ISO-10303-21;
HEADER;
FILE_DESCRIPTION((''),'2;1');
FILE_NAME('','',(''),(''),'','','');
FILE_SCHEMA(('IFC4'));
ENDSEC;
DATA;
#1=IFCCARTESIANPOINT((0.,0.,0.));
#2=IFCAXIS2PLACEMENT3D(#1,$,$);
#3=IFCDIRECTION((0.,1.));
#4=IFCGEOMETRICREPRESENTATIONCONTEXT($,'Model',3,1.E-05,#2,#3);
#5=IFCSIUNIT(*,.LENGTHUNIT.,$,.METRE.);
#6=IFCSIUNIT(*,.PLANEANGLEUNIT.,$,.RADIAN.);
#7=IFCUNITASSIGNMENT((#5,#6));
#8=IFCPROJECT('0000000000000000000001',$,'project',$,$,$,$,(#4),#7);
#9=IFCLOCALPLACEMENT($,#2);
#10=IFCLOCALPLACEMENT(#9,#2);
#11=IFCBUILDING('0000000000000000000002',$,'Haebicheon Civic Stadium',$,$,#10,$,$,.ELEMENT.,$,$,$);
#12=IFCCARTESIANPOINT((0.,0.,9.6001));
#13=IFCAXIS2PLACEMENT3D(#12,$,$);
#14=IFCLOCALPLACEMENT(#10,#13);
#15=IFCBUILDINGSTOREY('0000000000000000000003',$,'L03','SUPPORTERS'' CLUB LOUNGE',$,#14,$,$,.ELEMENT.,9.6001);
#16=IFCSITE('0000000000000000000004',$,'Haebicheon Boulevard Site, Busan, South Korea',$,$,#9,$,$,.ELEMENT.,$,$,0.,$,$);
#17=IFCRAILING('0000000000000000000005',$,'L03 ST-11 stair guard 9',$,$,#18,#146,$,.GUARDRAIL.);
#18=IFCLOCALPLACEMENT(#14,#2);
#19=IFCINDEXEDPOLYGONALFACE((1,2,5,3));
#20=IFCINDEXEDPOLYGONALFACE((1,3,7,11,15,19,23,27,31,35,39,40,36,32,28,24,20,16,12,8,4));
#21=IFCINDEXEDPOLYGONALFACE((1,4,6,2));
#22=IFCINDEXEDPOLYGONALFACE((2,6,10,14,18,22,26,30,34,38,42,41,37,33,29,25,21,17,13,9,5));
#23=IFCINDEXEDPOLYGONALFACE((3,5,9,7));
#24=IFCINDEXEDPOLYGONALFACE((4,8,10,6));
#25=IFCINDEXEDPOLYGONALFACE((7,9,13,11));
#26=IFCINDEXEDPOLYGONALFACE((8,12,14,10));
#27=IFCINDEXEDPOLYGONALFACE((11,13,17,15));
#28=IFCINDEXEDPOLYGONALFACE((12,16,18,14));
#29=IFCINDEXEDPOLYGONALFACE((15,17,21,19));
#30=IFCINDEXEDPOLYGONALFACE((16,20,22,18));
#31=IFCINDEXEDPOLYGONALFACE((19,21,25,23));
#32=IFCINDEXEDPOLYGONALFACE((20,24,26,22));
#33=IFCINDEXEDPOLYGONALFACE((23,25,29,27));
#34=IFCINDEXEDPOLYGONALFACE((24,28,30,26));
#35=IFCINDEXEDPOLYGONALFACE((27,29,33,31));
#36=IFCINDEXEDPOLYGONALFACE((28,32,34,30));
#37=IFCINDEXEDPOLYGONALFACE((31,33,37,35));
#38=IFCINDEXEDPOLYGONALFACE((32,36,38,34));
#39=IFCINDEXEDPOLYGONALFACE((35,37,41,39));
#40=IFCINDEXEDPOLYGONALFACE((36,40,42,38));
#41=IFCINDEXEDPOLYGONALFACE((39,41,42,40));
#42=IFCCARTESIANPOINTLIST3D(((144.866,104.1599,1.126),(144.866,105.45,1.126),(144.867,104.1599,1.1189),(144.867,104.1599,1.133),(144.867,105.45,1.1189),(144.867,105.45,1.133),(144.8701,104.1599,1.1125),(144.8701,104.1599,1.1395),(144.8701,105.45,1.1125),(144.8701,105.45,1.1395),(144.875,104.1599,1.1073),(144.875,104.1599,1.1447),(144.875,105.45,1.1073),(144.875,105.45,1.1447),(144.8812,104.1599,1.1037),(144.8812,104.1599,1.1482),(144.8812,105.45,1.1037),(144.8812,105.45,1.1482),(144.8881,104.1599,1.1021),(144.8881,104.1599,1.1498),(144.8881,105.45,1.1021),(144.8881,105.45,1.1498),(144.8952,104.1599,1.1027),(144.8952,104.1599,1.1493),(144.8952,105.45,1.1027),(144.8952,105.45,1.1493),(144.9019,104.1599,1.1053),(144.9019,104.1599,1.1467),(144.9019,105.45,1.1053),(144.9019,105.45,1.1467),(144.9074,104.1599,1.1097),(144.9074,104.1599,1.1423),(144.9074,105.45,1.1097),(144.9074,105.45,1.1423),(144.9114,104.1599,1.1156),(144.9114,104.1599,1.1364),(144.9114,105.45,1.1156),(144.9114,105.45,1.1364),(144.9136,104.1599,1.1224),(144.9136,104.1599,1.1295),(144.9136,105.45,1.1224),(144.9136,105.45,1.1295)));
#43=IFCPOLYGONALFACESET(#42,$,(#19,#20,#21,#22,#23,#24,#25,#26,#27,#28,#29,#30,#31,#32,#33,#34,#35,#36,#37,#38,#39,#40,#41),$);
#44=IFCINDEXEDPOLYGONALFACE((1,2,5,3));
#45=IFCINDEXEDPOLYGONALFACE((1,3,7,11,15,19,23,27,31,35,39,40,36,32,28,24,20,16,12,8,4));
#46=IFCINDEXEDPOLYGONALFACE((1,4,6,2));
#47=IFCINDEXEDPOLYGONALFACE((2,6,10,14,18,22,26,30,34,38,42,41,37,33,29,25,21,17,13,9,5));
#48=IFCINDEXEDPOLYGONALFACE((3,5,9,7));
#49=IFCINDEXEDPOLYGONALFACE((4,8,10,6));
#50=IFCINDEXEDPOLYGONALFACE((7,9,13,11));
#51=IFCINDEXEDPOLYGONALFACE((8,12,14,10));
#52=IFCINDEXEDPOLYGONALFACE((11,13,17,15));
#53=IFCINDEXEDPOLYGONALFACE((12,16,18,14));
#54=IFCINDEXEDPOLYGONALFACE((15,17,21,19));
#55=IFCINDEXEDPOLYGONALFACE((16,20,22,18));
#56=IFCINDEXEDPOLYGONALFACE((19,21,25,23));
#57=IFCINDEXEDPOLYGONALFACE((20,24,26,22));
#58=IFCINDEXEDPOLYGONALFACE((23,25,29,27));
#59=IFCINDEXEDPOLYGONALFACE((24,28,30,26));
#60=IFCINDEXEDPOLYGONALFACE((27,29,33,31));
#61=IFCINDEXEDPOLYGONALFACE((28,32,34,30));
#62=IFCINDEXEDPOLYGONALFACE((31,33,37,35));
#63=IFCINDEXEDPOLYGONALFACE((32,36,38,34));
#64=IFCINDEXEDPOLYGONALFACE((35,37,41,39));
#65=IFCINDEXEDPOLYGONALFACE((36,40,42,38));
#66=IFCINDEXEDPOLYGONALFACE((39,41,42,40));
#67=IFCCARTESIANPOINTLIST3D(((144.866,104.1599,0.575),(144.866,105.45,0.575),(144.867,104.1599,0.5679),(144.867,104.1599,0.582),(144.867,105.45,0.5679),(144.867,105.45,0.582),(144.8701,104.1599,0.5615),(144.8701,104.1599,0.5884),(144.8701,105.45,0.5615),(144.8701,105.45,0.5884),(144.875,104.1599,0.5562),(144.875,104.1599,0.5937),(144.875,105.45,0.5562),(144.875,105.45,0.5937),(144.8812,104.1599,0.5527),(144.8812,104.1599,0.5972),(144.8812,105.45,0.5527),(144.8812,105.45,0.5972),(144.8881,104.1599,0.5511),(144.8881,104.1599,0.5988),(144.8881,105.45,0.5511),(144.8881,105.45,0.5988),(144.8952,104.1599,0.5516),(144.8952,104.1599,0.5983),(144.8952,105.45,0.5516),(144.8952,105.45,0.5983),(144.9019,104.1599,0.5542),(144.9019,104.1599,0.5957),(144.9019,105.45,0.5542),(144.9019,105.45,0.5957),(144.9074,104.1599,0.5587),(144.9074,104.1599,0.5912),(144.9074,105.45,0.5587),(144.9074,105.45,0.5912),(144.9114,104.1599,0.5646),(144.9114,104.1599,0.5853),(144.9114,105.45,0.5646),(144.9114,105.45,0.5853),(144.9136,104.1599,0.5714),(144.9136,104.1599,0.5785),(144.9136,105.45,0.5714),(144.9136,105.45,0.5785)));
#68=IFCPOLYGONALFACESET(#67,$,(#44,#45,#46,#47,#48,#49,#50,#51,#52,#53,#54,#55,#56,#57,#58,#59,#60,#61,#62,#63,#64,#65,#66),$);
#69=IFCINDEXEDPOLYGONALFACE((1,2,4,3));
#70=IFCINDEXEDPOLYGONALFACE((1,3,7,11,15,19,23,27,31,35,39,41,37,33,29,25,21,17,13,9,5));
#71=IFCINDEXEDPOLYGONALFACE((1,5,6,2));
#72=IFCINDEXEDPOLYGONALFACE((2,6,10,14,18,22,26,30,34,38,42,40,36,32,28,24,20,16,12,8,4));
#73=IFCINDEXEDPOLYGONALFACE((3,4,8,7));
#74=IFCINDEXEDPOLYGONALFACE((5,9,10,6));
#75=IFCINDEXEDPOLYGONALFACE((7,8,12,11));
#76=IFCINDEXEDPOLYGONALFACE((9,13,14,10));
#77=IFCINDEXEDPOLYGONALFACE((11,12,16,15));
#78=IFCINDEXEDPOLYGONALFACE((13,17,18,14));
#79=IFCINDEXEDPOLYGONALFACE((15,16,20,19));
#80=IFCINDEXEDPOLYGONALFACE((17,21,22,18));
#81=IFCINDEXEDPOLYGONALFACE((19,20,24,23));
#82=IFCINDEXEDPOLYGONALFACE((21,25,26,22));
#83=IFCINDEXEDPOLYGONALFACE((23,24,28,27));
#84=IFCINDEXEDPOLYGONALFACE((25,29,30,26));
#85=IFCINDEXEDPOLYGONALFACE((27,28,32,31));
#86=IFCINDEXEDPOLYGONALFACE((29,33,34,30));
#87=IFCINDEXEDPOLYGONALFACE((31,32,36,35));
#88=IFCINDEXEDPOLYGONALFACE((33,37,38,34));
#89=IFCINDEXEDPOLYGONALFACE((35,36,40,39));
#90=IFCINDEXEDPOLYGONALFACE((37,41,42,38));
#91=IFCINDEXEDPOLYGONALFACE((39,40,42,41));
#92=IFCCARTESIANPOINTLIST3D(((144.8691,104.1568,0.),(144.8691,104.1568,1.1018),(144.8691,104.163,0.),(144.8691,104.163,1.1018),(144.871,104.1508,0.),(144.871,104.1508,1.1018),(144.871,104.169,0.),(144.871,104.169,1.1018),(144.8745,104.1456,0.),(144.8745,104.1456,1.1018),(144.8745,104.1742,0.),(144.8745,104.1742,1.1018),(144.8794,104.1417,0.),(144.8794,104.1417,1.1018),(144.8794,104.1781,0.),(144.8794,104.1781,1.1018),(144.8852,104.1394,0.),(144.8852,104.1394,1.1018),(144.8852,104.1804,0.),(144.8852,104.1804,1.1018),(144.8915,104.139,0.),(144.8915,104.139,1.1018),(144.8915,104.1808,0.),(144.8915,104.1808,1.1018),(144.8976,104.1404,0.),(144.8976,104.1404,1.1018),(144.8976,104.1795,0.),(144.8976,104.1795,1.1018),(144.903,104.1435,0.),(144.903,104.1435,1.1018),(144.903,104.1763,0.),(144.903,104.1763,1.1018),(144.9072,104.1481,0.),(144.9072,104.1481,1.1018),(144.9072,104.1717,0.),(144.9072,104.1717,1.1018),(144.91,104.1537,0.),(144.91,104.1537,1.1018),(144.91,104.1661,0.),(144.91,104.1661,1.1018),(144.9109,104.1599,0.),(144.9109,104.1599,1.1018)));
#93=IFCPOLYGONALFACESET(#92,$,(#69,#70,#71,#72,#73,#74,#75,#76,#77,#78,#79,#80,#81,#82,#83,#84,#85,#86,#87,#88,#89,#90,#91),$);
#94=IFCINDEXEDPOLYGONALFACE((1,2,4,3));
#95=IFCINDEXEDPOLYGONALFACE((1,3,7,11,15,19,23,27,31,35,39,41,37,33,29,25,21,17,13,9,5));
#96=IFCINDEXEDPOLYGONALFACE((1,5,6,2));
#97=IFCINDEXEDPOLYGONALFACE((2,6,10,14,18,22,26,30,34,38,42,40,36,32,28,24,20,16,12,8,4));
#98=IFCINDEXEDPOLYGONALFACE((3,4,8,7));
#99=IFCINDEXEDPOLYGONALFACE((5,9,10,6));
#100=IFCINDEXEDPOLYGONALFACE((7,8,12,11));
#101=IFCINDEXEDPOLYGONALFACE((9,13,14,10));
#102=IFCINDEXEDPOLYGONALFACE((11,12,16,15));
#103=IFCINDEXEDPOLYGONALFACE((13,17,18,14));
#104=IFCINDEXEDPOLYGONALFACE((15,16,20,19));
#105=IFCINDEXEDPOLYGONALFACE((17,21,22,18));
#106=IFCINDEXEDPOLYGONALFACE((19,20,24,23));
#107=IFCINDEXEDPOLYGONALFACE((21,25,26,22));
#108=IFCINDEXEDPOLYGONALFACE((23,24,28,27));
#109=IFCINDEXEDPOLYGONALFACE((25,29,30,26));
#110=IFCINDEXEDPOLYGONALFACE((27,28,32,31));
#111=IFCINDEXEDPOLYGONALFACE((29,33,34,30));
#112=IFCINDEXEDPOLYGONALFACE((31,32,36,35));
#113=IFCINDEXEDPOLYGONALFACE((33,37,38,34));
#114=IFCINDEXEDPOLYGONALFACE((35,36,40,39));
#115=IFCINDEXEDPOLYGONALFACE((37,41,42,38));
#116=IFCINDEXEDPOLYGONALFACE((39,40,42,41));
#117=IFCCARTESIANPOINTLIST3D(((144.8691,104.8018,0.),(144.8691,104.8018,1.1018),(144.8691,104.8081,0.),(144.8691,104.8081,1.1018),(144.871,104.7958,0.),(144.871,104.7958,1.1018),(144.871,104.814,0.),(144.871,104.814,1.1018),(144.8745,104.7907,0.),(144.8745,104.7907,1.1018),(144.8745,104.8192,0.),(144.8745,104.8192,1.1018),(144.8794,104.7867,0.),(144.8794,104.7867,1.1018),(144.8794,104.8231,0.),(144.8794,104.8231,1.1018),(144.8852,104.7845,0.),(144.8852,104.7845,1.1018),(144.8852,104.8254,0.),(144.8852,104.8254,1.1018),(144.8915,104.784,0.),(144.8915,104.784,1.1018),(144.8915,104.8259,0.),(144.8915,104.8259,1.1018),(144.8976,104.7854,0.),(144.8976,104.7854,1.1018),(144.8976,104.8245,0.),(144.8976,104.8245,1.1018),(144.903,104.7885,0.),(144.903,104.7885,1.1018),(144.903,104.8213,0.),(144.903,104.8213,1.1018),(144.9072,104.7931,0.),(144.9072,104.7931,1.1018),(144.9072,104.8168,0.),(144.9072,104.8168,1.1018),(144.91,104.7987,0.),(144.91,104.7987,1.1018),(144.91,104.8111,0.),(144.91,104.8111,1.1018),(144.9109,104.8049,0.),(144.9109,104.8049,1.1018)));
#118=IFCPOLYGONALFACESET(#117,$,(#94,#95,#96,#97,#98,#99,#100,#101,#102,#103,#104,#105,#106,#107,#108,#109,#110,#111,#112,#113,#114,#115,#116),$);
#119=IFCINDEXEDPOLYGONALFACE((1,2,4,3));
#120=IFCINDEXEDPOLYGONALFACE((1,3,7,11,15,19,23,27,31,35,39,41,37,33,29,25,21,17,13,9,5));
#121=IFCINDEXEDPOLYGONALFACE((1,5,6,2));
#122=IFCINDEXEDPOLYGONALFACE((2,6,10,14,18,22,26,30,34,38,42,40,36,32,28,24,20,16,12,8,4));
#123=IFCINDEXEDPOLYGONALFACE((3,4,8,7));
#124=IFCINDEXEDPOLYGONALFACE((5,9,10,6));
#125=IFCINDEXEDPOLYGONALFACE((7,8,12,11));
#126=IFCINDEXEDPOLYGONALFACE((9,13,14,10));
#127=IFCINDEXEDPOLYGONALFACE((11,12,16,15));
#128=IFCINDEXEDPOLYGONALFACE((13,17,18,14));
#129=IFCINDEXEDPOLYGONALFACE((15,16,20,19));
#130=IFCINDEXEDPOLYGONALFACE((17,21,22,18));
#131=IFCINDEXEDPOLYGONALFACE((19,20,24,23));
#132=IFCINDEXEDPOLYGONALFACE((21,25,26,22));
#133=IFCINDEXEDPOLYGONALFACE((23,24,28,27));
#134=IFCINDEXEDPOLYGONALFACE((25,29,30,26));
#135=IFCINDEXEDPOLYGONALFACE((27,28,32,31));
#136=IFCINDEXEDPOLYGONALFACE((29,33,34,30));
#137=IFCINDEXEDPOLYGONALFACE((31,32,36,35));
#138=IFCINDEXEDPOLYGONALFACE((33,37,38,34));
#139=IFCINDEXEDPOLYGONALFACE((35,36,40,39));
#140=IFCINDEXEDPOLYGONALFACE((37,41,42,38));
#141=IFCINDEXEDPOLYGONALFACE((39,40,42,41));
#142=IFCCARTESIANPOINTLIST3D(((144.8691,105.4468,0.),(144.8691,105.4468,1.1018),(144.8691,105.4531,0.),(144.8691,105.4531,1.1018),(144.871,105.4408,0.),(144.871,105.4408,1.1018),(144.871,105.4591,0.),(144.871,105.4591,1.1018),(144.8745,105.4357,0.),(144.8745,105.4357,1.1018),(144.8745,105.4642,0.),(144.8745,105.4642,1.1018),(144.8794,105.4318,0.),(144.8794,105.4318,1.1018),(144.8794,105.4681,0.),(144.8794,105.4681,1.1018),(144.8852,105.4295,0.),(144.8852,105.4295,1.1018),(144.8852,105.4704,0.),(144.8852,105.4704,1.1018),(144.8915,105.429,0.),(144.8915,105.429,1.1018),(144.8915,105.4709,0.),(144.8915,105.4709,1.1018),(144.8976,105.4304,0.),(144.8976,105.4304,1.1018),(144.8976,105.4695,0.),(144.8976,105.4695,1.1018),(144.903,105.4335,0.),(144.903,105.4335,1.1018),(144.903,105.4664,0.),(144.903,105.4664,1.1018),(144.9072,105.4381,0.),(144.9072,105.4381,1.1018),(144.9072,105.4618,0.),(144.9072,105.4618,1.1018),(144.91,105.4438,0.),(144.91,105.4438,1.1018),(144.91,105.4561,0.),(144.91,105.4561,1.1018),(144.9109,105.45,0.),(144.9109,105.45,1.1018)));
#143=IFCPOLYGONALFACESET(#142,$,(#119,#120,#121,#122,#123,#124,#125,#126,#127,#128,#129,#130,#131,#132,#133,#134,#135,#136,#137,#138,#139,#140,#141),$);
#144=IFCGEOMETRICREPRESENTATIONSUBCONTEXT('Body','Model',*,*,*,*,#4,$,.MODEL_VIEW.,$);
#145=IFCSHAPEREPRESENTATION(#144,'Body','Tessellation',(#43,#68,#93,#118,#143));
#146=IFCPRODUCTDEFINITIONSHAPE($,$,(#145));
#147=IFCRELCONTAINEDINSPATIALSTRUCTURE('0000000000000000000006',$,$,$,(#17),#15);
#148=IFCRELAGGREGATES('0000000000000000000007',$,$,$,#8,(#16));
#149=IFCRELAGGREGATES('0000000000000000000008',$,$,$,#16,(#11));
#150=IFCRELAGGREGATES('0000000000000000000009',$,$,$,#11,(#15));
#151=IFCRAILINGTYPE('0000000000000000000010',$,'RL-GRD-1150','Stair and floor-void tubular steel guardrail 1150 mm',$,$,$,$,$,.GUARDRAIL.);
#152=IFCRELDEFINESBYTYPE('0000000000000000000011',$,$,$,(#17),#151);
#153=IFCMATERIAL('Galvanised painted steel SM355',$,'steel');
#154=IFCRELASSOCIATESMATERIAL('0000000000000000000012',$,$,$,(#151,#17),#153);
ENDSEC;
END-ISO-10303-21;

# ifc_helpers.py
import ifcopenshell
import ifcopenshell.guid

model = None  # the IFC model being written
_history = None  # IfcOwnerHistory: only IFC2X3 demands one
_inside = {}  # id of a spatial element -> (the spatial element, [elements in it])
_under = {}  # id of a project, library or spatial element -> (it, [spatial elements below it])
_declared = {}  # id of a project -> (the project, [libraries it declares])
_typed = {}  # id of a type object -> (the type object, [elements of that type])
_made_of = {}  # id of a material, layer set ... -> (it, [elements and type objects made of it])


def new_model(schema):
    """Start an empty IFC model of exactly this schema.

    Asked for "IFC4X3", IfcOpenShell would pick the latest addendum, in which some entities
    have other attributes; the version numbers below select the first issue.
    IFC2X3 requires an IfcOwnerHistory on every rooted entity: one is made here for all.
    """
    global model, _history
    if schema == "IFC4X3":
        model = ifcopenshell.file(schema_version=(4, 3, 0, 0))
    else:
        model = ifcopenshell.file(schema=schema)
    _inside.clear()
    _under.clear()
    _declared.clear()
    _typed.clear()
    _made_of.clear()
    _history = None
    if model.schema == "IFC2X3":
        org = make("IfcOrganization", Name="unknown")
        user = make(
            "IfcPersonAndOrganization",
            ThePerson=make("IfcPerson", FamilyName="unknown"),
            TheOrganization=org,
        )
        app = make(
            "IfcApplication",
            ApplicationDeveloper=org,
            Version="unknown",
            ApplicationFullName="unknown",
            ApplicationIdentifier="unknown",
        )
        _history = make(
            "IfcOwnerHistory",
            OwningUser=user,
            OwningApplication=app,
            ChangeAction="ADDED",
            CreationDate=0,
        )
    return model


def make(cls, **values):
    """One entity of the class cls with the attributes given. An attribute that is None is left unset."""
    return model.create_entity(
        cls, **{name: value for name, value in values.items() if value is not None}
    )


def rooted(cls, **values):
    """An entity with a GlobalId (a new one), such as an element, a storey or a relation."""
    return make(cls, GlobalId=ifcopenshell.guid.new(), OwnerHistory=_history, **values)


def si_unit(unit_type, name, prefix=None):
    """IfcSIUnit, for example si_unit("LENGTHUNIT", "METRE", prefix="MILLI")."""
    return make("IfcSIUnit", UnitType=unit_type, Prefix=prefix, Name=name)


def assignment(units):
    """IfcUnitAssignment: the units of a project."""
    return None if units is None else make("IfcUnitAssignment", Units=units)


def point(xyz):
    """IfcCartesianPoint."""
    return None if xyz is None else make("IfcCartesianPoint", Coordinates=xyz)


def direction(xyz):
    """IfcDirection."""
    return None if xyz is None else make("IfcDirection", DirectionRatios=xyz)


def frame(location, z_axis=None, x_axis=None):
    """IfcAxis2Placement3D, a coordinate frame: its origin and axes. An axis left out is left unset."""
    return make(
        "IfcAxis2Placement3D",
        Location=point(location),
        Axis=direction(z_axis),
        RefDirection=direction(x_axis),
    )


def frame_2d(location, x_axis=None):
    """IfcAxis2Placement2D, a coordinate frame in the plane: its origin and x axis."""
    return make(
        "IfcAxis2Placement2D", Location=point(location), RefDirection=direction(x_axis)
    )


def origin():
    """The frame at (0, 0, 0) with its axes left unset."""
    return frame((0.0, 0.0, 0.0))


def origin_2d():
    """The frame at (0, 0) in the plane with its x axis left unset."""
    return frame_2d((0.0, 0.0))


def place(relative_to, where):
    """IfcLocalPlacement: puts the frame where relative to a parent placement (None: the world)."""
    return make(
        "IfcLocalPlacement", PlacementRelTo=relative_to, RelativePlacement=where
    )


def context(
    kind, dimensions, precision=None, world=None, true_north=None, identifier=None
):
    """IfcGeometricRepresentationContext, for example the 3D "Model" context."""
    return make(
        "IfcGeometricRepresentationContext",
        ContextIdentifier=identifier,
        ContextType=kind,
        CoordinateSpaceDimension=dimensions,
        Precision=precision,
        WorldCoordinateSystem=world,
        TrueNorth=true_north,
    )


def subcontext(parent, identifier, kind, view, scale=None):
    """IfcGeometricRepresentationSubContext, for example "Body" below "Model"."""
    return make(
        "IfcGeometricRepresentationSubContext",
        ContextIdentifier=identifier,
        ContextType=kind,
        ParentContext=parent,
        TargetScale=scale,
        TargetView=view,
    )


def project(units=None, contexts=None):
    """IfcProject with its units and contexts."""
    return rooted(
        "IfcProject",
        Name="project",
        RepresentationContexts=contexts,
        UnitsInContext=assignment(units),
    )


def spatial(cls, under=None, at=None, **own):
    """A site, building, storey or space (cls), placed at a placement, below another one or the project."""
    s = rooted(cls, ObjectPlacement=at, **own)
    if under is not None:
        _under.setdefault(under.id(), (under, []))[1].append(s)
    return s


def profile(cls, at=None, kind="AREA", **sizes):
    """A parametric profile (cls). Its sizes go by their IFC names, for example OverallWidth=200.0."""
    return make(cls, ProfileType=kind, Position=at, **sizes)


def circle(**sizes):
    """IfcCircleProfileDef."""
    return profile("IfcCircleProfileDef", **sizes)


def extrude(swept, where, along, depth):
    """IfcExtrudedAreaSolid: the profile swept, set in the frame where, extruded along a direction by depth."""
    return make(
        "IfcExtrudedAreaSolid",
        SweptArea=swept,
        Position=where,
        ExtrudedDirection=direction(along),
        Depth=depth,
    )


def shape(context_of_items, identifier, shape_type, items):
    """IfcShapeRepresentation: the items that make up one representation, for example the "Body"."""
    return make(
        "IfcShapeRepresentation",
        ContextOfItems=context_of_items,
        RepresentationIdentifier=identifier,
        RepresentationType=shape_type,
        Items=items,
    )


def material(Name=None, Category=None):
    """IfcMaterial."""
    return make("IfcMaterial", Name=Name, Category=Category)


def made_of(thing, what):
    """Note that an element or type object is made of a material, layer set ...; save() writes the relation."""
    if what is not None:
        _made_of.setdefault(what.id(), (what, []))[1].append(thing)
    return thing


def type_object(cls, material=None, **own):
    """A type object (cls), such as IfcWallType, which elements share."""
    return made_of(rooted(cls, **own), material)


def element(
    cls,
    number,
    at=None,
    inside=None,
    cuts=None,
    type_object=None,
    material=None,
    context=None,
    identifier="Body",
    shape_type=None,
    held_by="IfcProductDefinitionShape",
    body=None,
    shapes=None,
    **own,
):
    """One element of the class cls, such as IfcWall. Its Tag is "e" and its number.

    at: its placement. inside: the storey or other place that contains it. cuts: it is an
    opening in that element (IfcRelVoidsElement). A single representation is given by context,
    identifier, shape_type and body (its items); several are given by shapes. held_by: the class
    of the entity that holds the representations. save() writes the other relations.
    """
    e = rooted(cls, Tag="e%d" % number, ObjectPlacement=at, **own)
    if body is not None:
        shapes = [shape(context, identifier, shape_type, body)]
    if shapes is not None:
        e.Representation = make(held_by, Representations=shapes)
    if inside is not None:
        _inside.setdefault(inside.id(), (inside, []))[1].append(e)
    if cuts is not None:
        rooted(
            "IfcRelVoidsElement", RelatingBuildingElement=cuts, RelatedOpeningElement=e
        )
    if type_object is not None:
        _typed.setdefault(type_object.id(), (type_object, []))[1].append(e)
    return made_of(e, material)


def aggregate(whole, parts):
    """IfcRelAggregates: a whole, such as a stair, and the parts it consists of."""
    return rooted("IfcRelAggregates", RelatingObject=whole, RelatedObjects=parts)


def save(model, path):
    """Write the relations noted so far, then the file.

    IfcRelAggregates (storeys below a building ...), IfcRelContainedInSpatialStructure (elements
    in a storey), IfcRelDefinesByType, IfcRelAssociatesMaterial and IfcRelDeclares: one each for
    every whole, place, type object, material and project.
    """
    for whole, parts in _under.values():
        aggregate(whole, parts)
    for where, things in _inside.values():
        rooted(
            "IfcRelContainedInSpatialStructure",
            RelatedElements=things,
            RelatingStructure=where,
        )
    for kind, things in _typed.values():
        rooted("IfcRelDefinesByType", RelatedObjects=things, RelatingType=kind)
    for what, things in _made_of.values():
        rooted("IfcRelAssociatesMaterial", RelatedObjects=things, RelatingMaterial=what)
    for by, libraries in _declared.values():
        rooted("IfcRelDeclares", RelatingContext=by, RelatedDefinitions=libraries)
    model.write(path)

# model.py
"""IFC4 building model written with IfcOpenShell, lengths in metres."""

from ifc_helpers import new_model, si_unit, direction, frame, origin, origin_2d, place, context, subcontext, project, spatial, circle, extrude, material, type_object, element, save


model = new_model("IFC4")

# Units and contexts
model_context = context("Model", 3, precision=1e-05, world=origin(), true_north=direction((0.0, 1.0)))
body_context = subcontext(model_context, "Body", "Model", "MODEL_VIEW")
ifc_project = project(units=[si_unit("LENGTHUNIT", "METRE"), si_unit("PLANEANGLEUNIT", "RADIAN")], contexts=[model_context])

# Site, building, storey
site_placement = place(None, origin())
site = spatial("IfcSite", under=ifc_project, at=site_placement, Name="Haebicheon Boulevard Site, Busan, South Korea", CompositionType="ELEMENT", RefElevation=0.0)
building_placement = place(site_placement, origin())
building = spatial("IfcBuilding", under=site, at=building_placement, Name="Haebicheon Civic Stadium", CompositionType="ELEMENT")
storey_placement = place(building_placement, frame((0.0, 0.0, 9.6001)))
storey = spatial("IfcBuildingStorey", under=building, at=storey_placement, Name="L03", Description="SUPPORTERS' CLUB LOUNGE", CompositionType="ELEMENT", Elevation=9.6001)

# Railing
ifc_material_1 = material(Name="Galvanised painted steel SM355", Category="steel")
railing_type_1 = type_object("IfcRailingType", Name="RL-GRD-1150", Description="Stair and floor-void tubular steel guardrail 1150 mm", PredefinedType="GUARDRAIL", material=ifc_material_1)
for number, where, name in (
    (1, (144.8899, 104.1599, 0.0), "L03 ST-11 stair guard 9"),
):
    element("IfcRailing", number, at=place(storey_placement, frame(where)), inside=storey, type_object=railing_type_1, material=ifc_material_1, Name=name, PredefinedType="GUARDRAIL", context=body_context, shape_type="SweptSolid", body=[
        extrude(circle(Radius=0.0239, at=origin_2d()), frame((0.0, 0.0, 1.126), z_axis=(0.0, 1.0, 0.0), x_axis=(-1.0, 0.0, 0.0)), (0.0, 0.0, 1.0), 1.29),
        extrude(circle(Radius=0.0239, at=origin_2d()), frame((0.0, 0.0, 0.575), z_axis=(0.0, 1.0, 0.0), x_axis=(-1.0, 0.0, 0.0)), (0.0, 0.0, 1.0), 1.29),
        extrude(circle(Radius=0.021, at=origin_2d()), origin(), (0.0, 0.0, 1.0), 1.1018),
        extrude(circle(Radius=0.021, at=origin_2d()), frame((0.0, 0.645, 0.0)), (0.0, 0.0, 1.0), 1.1018),
        extrude(circle(Radius=0.021, at=origin_2d()), frame((0.0, 1.29, 0.0)), (0.0, 0.0, 1.0), 1.1018),
    ])

save(model, "model.ifc")
